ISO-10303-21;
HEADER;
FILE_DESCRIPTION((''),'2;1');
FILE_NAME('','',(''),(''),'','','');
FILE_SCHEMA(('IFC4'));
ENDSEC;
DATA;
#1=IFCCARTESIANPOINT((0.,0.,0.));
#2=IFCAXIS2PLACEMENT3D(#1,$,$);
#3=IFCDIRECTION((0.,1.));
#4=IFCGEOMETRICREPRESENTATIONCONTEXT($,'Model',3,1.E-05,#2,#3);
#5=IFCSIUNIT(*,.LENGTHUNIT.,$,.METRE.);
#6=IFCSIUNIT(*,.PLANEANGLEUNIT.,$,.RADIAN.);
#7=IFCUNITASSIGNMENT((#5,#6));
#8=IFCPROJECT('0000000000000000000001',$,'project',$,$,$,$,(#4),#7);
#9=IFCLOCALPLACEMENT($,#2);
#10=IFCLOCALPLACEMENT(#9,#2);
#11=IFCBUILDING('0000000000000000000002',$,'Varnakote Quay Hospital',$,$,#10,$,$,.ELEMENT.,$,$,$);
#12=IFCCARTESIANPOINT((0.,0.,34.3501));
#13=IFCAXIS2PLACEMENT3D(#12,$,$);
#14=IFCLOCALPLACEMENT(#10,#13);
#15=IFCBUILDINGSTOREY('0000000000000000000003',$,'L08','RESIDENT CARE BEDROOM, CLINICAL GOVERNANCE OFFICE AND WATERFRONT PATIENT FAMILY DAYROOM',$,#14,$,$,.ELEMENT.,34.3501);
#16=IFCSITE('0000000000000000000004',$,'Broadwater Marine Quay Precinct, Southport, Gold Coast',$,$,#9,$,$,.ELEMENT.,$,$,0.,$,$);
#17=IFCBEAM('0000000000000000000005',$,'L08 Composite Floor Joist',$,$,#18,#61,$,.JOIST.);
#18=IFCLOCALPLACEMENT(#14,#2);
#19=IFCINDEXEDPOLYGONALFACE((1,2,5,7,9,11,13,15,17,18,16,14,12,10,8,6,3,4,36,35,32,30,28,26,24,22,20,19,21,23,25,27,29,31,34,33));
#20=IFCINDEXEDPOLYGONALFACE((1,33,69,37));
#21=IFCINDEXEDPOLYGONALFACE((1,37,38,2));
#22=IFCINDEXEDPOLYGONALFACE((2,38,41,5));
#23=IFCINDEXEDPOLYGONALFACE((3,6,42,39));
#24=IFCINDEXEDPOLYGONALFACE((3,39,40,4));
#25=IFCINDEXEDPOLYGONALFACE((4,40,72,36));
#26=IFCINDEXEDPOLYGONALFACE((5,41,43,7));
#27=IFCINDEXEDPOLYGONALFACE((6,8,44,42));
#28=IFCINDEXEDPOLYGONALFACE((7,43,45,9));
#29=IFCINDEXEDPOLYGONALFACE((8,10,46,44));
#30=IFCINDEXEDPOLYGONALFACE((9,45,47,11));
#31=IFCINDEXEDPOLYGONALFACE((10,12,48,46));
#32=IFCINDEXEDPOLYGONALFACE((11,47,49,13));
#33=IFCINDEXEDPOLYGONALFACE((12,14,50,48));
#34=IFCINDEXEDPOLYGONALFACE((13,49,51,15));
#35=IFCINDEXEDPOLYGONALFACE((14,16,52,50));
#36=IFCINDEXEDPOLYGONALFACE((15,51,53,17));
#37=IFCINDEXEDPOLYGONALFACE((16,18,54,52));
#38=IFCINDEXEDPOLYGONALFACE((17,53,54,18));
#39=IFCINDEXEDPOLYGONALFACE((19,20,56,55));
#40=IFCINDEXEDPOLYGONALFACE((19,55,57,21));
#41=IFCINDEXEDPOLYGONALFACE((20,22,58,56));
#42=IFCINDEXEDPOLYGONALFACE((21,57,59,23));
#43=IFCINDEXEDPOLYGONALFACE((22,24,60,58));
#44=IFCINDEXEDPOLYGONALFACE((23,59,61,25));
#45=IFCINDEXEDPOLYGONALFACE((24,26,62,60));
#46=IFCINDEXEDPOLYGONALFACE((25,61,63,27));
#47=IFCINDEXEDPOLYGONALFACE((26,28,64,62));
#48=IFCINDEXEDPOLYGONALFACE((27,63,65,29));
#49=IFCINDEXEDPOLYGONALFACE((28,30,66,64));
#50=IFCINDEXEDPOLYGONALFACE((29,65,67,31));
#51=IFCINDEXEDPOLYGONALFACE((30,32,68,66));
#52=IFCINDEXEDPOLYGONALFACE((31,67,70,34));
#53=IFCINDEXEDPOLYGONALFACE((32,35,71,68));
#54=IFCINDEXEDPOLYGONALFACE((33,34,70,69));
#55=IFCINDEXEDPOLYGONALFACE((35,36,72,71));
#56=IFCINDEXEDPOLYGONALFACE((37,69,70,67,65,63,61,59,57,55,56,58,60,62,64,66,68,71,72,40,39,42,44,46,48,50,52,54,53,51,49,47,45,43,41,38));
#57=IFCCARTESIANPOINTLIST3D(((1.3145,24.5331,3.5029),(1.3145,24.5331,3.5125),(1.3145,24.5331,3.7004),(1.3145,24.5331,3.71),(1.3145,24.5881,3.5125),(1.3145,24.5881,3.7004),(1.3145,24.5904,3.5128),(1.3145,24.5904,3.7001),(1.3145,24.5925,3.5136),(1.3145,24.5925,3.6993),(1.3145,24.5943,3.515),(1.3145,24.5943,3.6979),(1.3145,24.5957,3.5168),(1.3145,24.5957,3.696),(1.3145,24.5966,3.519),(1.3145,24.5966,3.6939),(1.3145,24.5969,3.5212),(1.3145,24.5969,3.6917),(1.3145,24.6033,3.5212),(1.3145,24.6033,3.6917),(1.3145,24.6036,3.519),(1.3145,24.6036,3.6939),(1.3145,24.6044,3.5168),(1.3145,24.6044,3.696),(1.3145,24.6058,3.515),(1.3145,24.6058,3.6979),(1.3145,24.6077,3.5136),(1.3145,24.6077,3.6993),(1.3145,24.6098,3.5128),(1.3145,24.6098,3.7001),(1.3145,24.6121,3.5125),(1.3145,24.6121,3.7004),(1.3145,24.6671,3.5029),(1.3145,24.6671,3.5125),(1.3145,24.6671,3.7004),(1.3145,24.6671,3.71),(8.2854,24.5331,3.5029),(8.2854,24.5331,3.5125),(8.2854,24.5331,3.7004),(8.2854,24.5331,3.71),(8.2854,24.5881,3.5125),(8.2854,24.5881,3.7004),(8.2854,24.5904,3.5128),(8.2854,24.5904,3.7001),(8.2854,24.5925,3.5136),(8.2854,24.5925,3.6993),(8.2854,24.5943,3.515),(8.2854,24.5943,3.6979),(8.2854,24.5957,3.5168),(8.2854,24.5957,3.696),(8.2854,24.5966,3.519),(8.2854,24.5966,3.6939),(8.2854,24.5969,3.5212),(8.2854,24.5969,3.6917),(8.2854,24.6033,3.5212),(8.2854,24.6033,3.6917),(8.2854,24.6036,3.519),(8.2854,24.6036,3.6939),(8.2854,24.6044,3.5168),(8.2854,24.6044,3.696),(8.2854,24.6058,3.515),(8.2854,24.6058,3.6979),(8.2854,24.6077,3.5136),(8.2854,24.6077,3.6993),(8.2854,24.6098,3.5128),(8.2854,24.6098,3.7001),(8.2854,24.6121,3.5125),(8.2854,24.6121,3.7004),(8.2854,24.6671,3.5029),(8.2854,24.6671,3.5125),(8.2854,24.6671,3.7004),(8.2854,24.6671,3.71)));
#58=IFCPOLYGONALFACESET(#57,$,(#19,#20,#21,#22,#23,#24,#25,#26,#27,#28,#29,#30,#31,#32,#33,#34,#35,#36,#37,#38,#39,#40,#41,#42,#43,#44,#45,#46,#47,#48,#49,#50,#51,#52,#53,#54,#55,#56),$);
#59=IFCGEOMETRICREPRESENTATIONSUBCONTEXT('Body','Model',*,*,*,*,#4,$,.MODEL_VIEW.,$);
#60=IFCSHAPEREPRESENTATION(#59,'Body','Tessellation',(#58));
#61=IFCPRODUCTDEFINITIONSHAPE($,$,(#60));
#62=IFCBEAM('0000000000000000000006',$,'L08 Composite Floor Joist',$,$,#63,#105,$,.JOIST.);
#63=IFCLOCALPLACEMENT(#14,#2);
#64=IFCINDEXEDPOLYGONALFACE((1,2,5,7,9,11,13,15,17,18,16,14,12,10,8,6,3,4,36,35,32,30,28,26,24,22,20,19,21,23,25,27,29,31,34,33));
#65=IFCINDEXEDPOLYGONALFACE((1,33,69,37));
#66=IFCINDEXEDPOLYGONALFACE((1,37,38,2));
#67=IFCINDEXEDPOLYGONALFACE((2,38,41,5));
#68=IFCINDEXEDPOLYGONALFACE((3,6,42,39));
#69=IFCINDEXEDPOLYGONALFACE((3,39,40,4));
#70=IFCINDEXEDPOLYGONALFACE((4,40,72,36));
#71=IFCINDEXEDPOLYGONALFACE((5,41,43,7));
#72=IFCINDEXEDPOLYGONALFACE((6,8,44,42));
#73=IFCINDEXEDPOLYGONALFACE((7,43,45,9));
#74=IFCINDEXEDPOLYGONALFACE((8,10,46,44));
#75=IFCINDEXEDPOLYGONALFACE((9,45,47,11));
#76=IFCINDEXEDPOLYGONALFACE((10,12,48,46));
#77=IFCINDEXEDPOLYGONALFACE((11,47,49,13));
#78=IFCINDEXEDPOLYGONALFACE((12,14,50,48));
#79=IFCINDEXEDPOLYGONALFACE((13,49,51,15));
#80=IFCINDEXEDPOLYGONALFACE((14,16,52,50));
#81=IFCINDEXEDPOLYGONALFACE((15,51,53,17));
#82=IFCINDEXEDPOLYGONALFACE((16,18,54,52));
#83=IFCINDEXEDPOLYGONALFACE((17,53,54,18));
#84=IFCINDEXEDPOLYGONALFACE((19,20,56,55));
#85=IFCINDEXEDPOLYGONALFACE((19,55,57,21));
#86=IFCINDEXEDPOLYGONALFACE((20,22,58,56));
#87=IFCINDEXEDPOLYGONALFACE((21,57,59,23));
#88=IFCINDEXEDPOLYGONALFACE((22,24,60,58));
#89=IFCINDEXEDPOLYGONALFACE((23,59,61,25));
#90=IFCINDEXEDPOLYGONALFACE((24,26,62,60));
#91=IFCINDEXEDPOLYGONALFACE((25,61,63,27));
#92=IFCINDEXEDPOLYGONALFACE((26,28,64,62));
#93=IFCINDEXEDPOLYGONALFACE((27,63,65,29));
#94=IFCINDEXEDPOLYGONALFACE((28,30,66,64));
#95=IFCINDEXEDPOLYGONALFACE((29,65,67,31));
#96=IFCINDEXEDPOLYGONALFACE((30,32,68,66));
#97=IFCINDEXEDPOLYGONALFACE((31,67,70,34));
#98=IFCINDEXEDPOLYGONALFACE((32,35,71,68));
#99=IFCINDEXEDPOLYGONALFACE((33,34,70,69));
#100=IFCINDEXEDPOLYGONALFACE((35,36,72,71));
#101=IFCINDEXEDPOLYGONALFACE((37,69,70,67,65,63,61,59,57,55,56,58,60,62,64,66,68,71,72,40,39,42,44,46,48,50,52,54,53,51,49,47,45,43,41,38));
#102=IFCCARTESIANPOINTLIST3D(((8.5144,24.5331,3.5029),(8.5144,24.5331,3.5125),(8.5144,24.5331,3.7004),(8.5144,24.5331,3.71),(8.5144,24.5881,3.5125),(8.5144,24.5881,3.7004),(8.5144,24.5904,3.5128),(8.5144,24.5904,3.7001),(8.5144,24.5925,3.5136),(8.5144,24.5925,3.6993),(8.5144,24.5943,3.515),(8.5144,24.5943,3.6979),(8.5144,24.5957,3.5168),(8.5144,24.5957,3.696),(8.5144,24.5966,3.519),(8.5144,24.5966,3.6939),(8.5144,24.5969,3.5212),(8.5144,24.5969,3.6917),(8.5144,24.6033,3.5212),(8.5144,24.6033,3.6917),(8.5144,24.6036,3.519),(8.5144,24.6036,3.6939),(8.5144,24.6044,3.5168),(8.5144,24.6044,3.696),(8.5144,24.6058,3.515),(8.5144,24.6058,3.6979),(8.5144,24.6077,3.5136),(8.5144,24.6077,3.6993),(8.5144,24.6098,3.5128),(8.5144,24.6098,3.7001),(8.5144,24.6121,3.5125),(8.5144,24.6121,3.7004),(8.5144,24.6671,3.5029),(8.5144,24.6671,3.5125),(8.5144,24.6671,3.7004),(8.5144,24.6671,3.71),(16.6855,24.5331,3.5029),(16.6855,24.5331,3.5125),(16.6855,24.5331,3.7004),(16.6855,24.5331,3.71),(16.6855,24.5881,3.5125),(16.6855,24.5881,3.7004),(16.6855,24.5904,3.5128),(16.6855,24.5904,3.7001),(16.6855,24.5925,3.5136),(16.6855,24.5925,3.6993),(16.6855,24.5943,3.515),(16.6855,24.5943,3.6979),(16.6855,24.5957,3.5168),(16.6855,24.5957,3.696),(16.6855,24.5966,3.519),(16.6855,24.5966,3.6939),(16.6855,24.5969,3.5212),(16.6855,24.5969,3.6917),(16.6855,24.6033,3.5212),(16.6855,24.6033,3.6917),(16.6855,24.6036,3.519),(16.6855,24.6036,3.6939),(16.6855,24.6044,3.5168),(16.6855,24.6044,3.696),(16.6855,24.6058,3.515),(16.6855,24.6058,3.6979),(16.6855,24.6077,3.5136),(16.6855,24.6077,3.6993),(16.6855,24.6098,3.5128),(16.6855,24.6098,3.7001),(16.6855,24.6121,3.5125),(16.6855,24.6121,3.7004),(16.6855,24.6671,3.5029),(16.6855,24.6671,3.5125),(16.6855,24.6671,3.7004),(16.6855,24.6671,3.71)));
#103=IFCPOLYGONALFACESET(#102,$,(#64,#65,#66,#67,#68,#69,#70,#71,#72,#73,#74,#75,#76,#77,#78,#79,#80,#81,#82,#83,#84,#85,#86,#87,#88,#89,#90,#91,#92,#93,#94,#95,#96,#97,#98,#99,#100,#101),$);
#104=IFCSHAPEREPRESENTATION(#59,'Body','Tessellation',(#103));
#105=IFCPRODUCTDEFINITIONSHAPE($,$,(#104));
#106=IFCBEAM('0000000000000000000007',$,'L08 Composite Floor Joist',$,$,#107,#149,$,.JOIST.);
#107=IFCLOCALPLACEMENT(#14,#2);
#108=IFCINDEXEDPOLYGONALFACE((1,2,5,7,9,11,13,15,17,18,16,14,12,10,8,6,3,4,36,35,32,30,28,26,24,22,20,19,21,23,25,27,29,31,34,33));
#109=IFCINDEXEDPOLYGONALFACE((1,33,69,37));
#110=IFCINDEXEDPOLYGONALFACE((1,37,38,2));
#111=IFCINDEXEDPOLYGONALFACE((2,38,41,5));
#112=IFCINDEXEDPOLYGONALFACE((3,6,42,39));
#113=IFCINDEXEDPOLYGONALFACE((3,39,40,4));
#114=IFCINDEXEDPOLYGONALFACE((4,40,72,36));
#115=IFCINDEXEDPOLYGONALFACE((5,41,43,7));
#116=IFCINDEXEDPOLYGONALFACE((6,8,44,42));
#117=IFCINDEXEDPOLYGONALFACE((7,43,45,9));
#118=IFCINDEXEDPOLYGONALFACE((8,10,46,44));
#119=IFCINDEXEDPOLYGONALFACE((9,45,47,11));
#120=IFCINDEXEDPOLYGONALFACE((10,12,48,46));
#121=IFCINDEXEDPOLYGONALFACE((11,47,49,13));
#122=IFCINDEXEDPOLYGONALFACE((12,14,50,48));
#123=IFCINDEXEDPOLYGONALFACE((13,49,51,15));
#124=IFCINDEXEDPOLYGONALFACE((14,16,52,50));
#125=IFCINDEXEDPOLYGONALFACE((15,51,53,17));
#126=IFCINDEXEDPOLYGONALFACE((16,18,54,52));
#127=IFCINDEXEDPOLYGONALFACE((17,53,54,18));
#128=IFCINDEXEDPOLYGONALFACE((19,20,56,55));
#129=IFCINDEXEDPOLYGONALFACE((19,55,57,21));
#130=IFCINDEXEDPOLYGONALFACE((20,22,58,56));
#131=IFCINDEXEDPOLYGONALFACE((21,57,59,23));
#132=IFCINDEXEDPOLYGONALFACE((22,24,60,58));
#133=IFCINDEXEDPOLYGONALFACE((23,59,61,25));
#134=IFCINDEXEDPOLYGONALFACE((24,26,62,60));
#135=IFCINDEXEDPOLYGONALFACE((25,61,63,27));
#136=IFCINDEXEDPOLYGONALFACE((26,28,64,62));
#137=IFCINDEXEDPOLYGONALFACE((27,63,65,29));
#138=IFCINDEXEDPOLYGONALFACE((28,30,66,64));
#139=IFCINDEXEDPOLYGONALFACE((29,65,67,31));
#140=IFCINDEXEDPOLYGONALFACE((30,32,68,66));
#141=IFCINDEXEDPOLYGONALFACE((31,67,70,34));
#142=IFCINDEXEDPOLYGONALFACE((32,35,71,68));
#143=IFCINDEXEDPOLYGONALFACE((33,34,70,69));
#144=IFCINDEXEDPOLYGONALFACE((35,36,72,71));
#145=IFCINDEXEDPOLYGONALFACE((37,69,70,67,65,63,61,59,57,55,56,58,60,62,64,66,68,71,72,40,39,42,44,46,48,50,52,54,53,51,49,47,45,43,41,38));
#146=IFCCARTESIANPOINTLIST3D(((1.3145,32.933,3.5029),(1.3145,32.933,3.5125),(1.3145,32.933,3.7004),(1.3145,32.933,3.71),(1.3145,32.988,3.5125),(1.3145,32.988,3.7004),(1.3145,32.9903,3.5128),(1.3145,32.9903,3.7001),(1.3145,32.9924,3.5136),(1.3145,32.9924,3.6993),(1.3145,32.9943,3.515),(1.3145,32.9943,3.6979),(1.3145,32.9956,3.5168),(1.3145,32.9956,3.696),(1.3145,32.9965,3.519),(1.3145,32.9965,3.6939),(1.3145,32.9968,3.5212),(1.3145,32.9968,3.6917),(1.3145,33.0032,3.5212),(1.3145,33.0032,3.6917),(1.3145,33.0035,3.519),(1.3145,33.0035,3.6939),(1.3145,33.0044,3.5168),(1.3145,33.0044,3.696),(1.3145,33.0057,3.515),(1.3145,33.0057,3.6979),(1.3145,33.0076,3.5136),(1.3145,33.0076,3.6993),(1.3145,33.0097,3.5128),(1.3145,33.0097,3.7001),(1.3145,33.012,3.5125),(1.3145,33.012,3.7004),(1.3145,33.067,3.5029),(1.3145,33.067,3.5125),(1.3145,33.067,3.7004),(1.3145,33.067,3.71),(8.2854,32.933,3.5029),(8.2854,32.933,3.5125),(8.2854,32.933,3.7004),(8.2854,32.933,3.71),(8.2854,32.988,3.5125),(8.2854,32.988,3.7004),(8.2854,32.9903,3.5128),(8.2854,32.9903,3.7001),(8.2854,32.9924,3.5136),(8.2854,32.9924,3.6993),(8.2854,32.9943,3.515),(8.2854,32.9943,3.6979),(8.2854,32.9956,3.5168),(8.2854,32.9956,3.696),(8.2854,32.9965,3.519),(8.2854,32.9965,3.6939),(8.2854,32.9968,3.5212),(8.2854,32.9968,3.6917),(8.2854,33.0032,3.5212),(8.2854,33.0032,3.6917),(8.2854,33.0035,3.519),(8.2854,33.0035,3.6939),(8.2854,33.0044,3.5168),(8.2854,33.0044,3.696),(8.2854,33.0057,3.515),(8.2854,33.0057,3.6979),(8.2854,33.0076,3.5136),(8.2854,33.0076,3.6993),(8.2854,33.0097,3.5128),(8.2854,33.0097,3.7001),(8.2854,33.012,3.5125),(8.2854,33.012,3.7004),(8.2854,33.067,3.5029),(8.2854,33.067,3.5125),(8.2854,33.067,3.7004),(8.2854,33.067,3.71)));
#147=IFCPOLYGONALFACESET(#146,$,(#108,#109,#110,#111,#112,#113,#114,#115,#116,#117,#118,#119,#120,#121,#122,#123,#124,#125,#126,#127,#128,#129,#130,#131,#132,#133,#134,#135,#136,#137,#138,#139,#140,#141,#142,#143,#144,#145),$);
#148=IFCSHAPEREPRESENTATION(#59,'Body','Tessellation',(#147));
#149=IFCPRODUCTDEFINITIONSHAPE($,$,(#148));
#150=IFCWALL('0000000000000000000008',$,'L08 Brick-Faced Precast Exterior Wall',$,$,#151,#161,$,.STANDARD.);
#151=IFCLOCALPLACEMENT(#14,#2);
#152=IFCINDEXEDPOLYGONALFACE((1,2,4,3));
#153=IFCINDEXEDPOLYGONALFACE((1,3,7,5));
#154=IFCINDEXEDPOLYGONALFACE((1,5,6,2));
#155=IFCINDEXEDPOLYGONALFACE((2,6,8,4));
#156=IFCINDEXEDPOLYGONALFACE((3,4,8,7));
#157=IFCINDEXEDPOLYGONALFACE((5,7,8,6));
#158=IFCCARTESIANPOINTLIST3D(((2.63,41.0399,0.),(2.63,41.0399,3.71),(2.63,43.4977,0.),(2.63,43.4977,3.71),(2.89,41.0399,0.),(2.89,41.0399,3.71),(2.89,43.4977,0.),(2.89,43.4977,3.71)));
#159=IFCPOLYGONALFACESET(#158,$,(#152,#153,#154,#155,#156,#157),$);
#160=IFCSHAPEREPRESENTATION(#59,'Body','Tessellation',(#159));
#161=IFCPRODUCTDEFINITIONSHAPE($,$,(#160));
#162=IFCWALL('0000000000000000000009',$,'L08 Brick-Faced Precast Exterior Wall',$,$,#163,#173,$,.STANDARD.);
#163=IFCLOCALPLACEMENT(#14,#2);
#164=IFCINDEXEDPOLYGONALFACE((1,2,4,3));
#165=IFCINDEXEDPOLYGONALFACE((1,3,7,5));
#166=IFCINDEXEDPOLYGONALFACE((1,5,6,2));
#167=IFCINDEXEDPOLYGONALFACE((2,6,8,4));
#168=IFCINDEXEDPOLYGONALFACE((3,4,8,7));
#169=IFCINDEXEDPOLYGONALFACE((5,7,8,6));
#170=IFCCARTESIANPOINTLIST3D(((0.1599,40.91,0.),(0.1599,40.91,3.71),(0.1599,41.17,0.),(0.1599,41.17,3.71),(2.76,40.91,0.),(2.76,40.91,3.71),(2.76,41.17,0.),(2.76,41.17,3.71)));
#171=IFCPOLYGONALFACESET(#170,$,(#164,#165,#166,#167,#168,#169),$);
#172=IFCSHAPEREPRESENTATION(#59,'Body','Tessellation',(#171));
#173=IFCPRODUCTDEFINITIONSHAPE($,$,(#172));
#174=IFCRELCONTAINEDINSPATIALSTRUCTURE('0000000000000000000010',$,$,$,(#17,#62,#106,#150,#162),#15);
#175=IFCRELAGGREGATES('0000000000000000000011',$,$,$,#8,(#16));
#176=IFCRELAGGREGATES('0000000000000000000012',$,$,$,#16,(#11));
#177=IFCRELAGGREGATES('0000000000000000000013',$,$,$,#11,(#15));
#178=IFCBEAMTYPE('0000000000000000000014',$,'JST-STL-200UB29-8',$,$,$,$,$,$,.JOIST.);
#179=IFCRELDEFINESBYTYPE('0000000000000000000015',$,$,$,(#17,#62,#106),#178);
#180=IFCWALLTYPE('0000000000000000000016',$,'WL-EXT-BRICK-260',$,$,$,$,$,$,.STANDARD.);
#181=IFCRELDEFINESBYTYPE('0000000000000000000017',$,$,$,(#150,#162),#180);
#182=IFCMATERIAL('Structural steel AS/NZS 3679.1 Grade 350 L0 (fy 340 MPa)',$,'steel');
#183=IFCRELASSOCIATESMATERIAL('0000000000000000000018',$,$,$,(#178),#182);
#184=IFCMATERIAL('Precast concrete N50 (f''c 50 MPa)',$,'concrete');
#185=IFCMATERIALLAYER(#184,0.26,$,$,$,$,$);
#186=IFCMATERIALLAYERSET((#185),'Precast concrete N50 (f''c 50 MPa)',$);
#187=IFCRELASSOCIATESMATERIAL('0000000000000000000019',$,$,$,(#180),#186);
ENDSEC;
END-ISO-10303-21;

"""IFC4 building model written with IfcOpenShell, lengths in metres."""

from ifc_helpers import new_model, si_unit, direction, frame, frame_2d, origin, origin_2d, place, context, subcontext, project, spatial, rectangle, i_section, extrude, material, layer, layer_set, material_profile, profile_set, type_object, element, save


model = new_model("IFC4")

# Units and contexts
model_context = context("Model", 3, precision=1e-05, world=origin(), true_north=direction((0.0, 1.0)))
body_context = subcontext(model_context, "Body", "Model", "MODEL_VIEW")
ifc_project = project(units=[si_unit("LENGTHUNIT", "METRE"), si_unit("PLANEANGLEUNIT", "RADIAN")], contexts=[model_context])

# Site, building, storey
site_placement = place(None, origin())
site = spatial("IfcSite", under=ifc_project, at=site_placement, Name="Broadwater Marine Quay Precinct, Southport, Gold Coast", CompositionType="ELEMENT", RefElevation=0.0)
building_placement = place(site_placement, origin())
building = spatial("IfcBuilding", under=site, at=building_placement, Name="Varnakote Quay Hospital", CompositionType="ELEMENT")
storey_placement = place(building_placement, frame((0.0, 0.0, 34.3501)))
storey = spatial("IfcBuildingStorey", under=building, at=storey_placement, Name="L08", Description="RESIDENT CARE BEDROOM, CLINICAL GOVERNANCE OFFICE AND WATERFRONT PATIENT FAMILY DAYROOM", CompositionType="ELEMENT", Elevation=34.3501)

# Beams
ifc_material_1 = material(Name="Structural steel AS/NZS 3679.1 Grade 350 L0 (fy 340 MPa)", Category="steel")
ifc_material_profile_1 = material_profile(ifc_material_1, i_section(OverallWidth=0.134, OverallDepth=0.207, WebThickness=0.0063, FlangeThickness=0.0095, FilletRadius=0.0088, at=origin_2d()), Name="200UB29.8")
ifc_profile_set_1 = profile_set([ifc_material_profile_1], Name="Structural steel AS/NZS 3679.1 Grade 350 L0 (fy 340 MPa)")
beam_type_1 = type_object("IfcBeamType", Name="JST-STL-200UB29-8", PredefinedType="JOIST", material=ifc_profile_set_1)
beam_1_placement = place(storey_placement, frame((1.3145, 24.6001, 3.6064), z_axis=(1.0, 0.0, 0.0), x_axis=(0.0, 1.0, 0.0)))
element("IfcBeam", 1, at=beam_1_placement, inside=storey, type_object=beam_type_1, Name="L08 Composite Floor Joist", PredefinedType="JOIST", context=body_context, shape_type="SweptSolid", body=[
    extrude(i_section(OverallWidth=0.134, OverallDepth=0.207, WebThickness=0.0063, FlangeThickness=0.0095, FilletRadius=0.0088, at=origin_2d()), origin(), (0.0, 0.0, 1.0), 6.9709),
])
beam_2_placement = place(storey_placement, frame((8.5144, 24.6001, 3.6064), z_axis=(1.0, 0.0, 0.0), x_axis=(0.0, 1.0, 0.0)))
element("IfcBeam", 2, at=beam_2_placement, inside=storey, type_object=beam_type_1, Name="L08 Composite Floor Joist", PredefinedType="JOIST", context=body_context, shape_type="SweptSolid", body=[
    extrude(i_section(OverallWidth=0.134, OverallDepth=0.207, WebThickness=0.0063, FlangeThickness=0.0095, FilletRadius=0.0088, at=origin_2d()), origin(), (0.0, 0.0, 1.0), 8.1711),
])
beam_3_placement = place(storey_placement, frame((1.3145, 33.0, 3.6064), z_axis=(1.0, 0.0, 0.0), x_axis=(0.0, 1.0, 0.0)))
element("IfcBeam", 3, at=beam_3_placement, inside=storey, type_object=beam_type_1, Name="L08 Composite Floor Joist", PredefinedType="JOIST", context=body_context, shape_type="SweptSolid", body=[
    extrude(i_section(OverallWidth=0.134, OverallDepth=0.207, WebThickness=0.0063, FlangeThickness=0.0095, FilletRadius=0.0088, at=origin_2d()), origin(), (0.0, 0.0, 1.0), 6.9709),
])

# Walls
ifc_material_2 = material(Name="Precast concrete N50 (f'c 50 MPa)", Category="concrete")
ifc_layer_1 = layer(ifc_material_2, 0.26)
ifc_layer_set_1 = layer_set([ifc_layer_1], Name="Precast concrete N50 (f'c 50 MPa)")
wall_type_1 = type_object("IfcWallType", Name="WL-EXT-BRICK-260", PredefinedType="STANDARD", material=ifc_layer_set_1)
wall_1_placement = place(storey_placement, frame((2.76, 43.4978, 0.0), z_axis=(0.0, 0.0, 1.0), x_axis=(0.0, -1.0, 0.0)))
element("IfcWall", 4, at=wall_1_placement, inside=storey, type_object=wall_type_1, Name="L08 Brick-Faced Precast Exterior Wall", PredefinedType="STANDARD", context=body_context, shape_type="SweptSolid", body=[
    extrude(rectangle(XDim=2.4578, YDim=0.26, at=frame_2d((1.229, 0.0))), origin(), (0.0, 0.0, 1.0), 3.71),
])
wall_2_placement = place(storey_placement, frame((2.76, 41.04, 0.0), z_axis=(0.0, 0.0, 1.0), x_axis=(-1.0, 0.0, 0.0)))
element("IfcWall", 5, at=wall_2_placement, inside=storey, type_object=wall_type_1, Name="L08 Brick-Faced Precast Exterior Wall", PredefinedType="STANDARD", context=body_context, shape_type="SweptSolid", body=[
    extrude(rectangle(XDim=2.6001, YDim=0.26, at=frame_2d((1.3, 0.0))), origin(), (0.0, 0.0, 1.0), 3.71),
])

save(model, "model.ifc")
